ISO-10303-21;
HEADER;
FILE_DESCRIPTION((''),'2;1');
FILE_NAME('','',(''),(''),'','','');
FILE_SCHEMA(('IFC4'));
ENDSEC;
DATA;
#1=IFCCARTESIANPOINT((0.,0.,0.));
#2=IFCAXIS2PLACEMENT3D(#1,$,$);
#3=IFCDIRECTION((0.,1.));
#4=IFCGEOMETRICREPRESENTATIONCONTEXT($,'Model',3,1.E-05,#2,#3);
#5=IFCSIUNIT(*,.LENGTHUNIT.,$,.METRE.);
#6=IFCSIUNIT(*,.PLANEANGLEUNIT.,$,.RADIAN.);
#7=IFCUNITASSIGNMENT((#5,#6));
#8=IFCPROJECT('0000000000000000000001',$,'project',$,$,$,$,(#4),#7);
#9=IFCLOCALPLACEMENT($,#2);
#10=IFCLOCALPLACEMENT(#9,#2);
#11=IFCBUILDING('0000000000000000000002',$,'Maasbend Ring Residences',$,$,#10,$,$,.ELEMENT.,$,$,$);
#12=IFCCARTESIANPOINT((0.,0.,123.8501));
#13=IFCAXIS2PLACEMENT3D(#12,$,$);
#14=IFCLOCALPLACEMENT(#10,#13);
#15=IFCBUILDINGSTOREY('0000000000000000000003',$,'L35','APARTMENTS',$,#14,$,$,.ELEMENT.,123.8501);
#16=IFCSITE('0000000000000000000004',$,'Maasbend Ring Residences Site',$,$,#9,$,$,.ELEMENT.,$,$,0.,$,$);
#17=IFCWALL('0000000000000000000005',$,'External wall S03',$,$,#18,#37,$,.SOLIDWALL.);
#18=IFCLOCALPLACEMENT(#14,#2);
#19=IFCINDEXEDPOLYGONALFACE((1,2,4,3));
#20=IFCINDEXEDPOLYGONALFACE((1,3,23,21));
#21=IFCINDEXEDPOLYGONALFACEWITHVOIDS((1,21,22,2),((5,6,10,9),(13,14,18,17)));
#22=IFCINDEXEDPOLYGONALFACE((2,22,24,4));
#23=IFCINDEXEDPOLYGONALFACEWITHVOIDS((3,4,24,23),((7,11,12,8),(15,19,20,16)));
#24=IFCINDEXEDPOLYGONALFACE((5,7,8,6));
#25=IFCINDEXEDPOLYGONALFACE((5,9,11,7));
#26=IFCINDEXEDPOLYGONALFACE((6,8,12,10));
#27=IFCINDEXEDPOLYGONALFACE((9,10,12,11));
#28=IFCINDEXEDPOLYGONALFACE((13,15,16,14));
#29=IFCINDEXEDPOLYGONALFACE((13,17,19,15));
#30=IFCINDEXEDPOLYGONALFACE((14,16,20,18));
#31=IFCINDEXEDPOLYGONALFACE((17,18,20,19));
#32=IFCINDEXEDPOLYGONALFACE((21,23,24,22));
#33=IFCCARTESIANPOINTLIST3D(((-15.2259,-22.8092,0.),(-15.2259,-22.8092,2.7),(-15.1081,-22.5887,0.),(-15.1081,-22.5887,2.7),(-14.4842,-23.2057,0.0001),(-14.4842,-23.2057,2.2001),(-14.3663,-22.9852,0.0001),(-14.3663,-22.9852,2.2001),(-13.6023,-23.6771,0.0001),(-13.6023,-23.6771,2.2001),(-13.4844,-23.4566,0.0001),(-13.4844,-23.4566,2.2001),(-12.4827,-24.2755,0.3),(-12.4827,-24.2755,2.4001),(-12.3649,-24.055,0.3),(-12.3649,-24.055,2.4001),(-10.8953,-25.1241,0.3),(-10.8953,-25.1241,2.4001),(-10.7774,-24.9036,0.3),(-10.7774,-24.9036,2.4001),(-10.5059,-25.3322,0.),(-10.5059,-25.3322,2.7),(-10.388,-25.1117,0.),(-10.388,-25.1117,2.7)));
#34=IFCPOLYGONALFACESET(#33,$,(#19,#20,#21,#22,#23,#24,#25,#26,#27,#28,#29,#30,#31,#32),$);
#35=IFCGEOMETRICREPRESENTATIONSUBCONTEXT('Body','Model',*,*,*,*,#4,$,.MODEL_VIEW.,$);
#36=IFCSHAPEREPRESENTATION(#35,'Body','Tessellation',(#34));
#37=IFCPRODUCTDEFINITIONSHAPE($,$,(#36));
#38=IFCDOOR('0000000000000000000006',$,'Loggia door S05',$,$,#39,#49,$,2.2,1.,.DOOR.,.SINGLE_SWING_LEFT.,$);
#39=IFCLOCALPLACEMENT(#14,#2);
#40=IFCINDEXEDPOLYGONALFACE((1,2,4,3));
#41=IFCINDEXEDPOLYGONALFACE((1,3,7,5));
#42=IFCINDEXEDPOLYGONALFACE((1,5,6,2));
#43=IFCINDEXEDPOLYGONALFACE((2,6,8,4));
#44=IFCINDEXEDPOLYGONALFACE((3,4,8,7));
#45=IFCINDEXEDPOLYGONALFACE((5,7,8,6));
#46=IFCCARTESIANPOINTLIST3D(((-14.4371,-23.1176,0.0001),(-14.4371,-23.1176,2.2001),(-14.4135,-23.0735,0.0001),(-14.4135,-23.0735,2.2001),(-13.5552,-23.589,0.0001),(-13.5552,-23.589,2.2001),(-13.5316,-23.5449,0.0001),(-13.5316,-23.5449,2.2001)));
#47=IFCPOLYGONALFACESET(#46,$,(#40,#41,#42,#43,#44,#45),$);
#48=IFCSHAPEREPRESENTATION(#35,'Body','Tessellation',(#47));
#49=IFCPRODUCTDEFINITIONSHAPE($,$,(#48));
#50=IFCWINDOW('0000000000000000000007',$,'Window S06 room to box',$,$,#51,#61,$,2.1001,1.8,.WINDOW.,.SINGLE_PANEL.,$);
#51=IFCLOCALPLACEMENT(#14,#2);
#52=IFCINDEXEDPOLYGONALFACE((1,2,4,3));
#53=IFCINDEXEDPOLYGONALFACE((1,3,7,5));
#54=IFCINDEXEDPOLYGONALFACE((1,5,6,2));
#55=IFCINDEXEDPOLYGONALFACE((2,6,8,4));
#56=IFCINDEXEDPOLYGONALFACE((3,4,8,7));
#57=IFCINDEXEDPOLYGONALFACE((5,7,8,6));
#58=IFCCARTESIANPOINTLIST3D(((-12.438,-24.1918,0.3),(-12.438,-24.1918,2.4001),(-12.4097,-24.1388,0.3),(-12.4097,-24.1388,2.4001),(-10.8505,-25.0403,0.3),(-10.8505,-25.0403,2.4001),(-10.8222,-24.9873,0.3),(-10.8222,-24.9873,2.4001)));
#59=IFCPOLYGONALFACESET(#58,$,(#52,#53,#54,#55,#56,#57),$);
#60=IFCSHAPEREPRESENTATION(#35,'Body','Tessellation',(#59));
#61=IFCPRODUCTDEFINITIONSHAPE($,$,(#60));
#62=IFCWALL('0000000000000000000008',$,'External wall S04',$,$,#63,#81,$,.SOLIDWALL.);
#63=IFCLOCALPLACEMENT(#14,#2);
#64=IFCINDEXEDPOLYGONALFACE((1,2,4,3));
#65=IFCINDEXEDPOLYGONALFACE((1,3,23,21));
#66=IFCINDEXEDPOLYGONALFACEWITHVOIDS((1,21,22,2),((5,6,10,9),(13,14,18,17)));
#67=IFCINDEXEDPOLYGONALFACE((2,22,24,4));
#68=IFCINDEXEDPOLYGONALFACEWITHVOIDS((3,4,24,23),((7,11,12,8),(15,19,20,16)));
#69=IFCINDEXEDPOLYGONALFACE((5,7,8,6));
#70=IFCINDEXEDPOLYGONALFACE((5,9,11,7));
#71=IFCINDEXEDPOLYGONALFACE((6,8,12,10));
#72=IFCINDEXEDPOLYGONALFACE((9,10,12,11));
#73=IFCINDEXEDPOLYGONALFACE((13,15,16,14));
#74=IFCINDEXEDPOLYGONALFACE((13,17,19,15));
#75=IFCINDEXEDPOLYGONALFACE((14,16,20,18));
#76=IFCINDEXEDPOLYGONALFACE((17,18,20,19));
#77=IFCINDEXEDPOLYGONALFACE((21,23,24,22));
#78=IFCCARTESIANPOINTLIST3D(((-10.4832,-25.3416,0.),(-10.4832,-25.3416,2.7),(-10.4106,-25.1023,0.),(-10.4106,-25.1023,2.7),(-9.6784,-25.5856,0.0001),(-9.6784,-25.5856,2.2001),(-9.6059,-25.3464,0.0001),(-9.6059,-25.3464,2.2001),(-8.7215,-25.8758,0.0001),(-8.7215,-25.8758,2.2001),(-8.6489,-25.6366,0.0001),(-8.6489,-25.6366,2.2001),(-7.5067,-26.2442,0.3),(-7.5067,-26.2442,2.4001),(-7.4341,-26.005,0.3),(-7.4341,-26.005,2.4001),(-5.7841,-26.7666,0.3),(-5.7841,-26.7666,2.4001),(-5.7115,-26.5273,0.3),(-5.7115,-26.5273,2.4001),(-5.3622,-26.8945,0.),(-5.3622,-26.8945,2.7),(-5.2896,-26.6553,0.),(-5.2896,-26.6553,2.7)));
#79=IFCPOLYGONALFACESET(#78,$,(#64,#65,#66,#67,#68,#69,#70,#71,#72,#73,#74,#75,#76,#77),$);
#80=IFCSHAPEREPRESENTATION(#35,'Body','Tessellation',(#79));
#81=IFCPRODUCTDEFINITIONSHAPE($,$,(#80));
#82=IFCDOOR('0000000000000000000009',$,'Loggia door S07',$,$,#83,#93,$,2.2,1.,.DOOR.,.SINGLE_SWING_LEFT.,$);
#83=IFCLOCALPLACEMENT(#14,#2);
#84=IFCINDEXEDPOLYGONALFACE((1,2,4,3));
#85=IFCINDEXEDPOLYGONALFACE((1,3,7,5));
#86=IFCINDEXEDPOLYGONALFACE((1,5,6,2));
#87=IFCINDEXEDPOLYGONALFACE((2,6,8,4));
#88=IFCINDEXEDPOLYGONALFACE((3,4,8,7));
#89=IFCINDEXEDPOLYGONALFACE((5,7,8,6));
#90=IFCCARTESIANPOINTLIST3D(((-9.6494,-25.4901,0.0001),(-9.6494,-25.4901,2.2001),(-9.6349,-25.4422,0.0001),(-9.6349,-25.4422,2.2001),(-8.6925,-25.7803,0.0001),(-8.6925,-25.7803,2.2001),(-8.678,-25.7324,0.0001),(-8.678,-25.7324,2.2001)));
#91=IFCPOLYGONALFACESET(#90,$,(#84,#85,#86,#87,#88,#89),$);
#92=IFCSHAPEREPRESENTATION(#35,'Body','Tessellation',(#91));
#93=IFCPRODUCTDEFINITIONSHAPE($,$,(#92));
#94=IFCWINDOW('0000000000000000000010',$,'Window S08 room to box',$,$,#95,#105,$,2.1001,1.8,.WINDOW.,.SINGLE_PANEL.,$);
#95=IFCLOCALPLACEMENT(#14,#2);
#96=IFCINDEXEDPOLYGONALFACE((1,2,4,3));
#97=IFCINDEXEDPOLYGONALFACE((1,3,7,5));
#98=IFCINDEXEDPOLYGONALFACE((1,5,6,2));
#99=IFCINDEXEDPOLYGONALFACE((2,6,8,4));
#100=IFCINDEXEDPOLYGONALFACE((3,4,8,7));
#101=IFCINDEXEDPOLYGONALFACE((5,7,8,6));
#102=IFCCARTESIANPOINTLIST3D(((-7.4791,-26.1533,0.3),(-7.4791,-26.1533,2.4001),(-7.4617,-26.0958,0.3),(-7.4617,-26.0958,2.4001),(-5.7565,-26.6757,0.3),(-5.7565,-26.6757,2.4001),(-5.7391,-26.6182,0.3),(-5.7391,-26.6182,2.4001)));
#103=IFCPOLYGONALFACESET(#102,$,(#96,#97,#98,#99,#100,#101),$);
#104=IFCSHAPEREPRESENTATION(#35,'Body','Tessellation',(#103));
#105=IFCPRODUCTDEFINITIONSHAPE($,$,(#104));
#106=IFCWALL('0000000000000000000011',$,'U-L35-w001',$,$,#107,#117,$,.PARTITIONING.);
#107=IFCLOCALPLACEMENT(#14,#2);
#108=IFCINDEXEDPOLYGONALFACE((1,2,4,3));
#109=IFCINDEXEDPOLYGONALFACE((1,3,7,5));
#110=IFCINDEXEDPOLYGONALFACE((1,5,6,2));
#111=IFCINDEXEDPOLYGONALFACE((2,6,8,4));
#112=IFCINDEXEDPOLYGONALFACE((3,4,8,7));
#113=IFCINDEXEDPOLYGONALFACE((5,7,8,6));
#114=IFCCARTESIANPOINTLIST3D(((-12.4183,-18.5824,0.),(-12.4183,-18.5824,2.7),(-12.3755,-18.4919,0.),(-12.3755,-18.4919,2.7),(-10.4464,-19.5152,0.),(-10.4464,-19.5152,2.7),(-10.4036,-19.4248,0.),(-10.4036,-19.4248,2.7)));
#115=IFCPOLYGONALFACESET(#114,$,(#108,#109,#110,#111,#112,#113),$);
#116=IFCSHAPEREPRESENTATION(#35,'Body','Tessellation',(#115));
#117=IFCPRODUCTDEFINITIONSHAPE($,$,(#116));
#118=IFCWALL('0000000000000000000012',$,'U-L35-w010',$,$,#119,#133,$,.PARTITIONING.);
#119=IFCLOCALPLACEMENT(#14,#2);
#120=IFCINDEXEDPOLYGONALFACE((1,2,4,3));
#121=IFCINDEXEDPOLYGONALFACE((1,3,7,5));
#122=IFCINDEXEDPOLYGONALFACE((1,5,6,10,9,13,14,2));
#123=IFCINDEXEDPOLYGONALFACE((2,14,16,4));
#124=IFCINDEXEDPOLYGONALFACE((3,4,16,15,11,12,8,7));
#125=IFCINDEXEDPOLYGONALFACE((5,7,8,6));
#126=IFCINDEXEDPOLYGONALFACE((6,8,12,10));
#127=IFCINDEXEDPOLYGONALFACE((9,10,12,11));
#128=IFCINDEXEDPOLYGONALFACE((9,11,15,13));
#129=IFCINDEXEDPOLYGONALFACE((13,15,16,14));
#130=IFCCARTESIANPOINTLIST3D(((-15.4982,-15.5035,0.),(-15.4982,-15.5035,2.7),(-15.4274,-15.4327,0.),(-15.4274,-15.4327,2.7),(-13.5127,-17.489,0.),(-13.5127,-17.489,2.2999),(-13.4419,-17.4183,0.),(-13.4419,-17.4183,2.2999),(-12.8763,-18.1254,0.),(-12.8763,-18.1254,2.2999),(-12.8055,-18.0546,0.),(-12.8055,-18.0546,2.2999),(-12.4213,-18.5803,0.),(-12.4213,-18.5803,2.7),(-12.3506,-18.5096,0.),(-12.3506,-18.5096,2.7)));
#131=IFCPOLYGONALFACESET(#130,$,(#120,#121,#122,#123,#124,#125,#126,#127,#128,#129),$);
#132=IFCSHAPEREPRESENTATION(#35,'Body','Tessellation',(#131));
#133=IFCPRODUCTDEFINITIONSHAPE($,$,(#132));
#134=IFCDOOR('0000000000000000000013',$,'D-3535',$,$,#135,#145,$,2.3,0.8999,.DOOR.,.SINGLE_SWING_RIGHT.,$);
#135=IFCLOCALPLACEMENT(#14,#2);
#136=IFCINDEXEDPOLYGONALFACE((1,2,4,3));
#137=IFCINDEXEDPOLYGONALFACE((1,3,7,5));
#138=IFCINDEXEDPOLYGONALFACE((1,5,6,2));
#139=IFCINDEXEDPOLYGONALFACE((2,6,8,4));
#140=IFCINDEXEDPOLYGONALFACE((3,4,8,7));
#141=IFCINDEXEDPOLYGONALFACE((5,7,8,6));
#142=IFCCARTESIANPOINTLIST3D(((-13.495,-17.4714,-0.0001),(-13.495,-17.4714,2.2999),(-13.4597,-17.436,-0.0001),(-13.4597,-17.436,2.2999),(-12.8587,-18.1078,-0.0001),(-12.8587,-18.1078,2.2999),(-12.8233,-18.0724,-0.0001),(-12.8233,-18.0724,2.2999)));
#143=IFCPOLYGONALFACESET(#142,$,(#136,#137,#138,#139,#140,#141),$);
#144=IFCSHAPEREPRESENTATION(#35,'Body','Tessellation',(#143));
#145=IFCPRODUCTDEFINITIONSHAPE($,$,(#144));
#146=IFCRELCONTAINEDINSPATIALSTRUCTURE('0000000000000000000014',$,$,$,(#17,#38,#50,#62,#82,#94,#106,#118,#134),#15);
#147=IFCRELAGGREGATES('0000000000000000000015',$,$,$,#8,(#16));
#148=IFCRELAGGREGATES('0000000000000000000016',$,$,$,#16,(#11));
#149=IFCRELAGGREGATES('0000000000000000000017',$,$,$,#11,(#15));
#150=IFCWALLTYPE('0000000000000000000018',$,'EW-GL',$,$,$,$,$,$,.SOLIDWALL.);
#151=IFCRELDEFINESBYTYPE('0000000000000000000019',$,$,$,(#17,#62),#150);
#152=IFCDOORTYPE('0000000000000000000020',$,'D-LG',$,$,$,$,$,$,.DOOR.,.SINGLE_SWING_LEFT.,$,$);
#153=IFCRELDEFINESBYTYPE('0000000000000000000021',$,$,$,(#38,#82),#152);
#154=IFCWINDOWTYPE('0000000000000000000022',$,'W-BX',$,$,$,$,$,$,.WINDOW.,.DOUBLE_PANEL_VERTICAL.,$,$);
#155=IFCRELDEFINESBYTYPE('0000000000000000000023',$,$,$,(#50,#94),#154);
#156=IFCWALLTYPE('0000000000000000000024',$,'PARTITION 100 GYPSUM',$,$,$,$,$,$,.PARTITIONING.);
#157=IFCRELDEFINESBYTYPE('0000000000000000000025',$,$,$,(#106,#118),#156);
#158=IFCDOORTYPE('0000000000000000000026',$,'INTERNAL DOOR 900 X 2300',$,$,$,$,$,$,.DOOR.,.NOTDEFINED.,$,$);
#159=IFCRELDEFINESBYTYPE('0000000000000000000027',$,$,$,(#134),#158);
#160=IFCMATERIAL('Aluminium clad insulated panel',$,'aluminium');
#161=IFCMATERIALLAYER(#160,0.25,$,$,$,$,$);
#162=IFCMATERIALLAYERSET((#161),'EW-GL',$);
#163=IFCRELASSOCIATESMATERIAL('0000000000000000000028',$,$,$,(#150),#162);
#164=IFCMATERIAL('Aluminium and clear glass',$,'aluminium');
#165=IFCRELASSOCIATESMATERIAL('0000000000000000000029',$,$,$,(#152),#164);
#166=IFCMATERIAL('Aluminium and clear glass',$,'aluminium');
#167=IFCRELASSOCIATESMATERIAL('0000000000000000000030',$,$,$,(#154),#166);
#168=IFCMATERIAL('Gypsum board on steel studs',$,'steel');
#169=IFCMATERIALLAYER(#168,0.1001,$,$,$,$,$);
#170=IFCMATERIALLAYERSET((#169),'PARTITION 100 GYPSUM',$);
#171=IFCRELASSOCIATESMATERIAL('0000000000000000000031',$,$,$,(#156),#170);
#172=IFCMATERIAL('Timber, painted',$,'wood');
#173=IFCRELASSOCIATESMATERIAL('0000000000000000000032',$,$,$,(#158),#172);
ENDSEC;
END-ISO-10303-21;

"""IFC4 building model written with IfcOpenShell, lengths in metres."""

from ifc_helpers import new_model, si_unit, direction, frame, frame_2d, origin, place, context, subcontext, project, spatial, rectangle, extrude, material, layer, layer_set, type_object, element, fill, save


model = new_model("IFC4")

# Units and contexts
model_context = context("Model", 3, precision=1e-05, world=origin(), true_north=direction((0.0, 1.0)))
body_context = subcontext(model_context, "Body", "Model", "MODEL_VIEW")
ifc_project = project(units=[si_unit("LENGTHUNIT", "METRE"), si_unit("PLANEANGLEUNIT", "RADIAN")], contexts=[model_context])

# Site, building, storey
site_placement = place(None, origin())
site = spatial("IfcSite", under=ifc_project, at=site_placement, Name="Maasbend Ring Residences Site", CompositionType="ELEMENT", RefElevation=0.0)
building_placement = place(site_placement, origin())
building = spatial("IfcBuilding", under=site, at=building_placement, Name="Maasbend Ring Residences", CompositionType="ELEMENT")
storey_placement = place(building_placement, frame((0.0, 0.0, 123.8501)))
storey = spatial("IfcBuildingStorey", under=building, at=storey_placement, Name="L35", Description="APARTMENTS", CompositionType="ELEMENT", Elevation=123.8501)

# Walls, openings, doors, windows
ifc_material_1 = material(Name="Aluminium clad insulated panel", Category="aluminium")
ifc_layer_1 = layer(ifc_material_1, 0.25)
ifc_layer_set_1 = layer_set([ifc_layer_1], Name="EW-GL")
wall_type_1 = type_object("IfcWallType", Name="EW-GL", PredefinedType="SOLIDWALL", material=ifc_layer_set_1)
wall_1_placement = place(storey_placement, frame((-15.167, -22.699, 0.0), z_axis=(0.0, 0.0, 1.0), x_axis=(0.881916, -0.471407, 0.0)))
wall_1 = element("IfcWall", 1, at=wall_1_placement, inside=storey, type_object=wall_type_1, Name="External wall S03", PredefinedType="SOLIDWALL", context=body_context, shape_type="SweptSolid", body=[
    extrude(rectangle(XDim=5.3521, YDim=0.25, at=frame_2d((2.676, 0.0))), origin(), (0.0, 0.0, 1.0), 2.7),
])
opening_1_placement = place(wall_1_placement, frame((0.8411, 0.0, 0.0)))
opening_1 = element("IfcOpeningElement", 2, at=opening_1_placement, cuts=wall_1, PredefinedType="OPENING", context=body_context, shape_type="SweptSolid", body=[
    extrude(rectangle(XDim=1.0, YDim=2.2, at=frame_2d((0.5, 1.1001))), frame((0.0, 0.135, 0.0), z_axis=(0.0, -1.0, 0.0), x_axis=(1.0, 0.0, 0.0)), (0.0, 0.0, 1.0), 0.27),
])
opening_2_placement = place(wall_1_placement, frame((3.1106, 0.0, 0.3)))
opening_2 = element("IfcOpeningElement", 3, at=opening_2_placement, cuts=wall_1, PredefinedType="OPENING", context=body_context, shape_type="SweptSolid", body=[
    extrude(rectangle(XDim=1.8, YDim=2.1001, at=frame_2d((0.8999, 1.05))), frame((0.0, 0.135, 0.0), z_axis=(0.0, -1.0, 0.0), x_axis=(1.0, 0.0, 0.0)), (0.0, 0.0, 1.0), 0.27),
])
ifc_material_2 = material(Name="Aluminium and clear glass", Category="aluminium")
door_type_1 = type_object("IfcDoorType", Name="D-LG", OperationType="SINGLE_SWING_LEFT", PredefinedType="DOOR", material=ifc_material_2)
door_1_placement = place(opening_1_placement, origin())
door_1 = element("IfcDoor", 4, at=door_1_placement, inside=storey, type_object=door_type_1, Name="Loggia door S05", OperationType="SINGLE_SWING_LEFT", OverallHeight=2.2, OverallWidth=1.0, PredefinedType="DOOR", context=body_context, shape_type="SweptSolid", body=[
    extrude(rectangle(XDim=1.0, YDim=2.2, at=frame_2d((0.5, 1.1001))), frame((0.0, 0.0249, 0.0), z_axis=(0.0, -1.0, 0.0), x_axis=(1.0, 0.0, 0.0)), (0.0, 0.0, 1.0), 0.05),
])
fill(opening_1, door_1)
ifc_material_3 = material(Name="Aluminium and clear glass", Category="aluminium")
window_type_1 = type_object("IfcWindowType", Name="W-BX", PartitioningType="DOUBLE_PANEL_VERTICAL", PredefinedType="WINDOW", material=ifc_material_3)
window_1_placement = place(opening_2_placement, origin())
window_1 = element("IfcWindow", 5, at=window_1_placement, inside=storey, type_object=window_type_1, Name="Window S06 room to box", OverallHeight=2.1001, OverallWidth=1.8, PartitioningType="SINGLE_PANEL", PredefinedType="WINDOW", context=body_context, shape_type="SweptSolid", body=[
    extrude(rectangle(XDim=1.8, YDim=2.1001, at=frame_2d((0.8999, 1.05))), frame((0.0, 0.03, 0.0), z_axis=(0.0, -1.0, 0.0), x_axis=(1.0, 0.0, 0.0)), (0.0, 0.0, 1.0), 0.0601),
])
fill(opening_2, window_1)
wall_2_placement = place(storey_placement, frame((-10.447, -25.2219, 0.0), z_axis=(0.0, 0.0, 1.0), x_axis=(0.956966, -0.290201, 0.0)))
wall_2 = element("IfcWall", 6, at=wall_2_placement, inside=storey, type_object=wall_type_1, Name="External wall S04", PredefinedType="SOLIDWALL", context=body_context, shape_type="SweptSolid", body=[
    extrude(rectangle(XDim=5.3513, YDim=0.25, at=frame_2d((2.6758, 0.0))), origin(), (0.0, 0.0, 1.0), 2.7),
])
opening_3_placement = place(wall_2_placement, frame((0.8411, 0.0, 0.0)))
opening_3 = element("IfcOpeningElement", 7, at=opening_3_placement, cuts=wall_2, PredefinedType="OPENING", context=body_context, shape_type="SweptSolid", body=[
    extrude(rectangle(XDim=1.0, YDim=2.2, at=frame_2d((0.5, 1.1001))), frame((0.0, 0.135, 0.0), z_axis=(0.0, -1.0, 0.0), x_axis=(1.0, 0.0, 0.0)), (0.0, 0.0, 1.0), 0.27),
])
opening_4_placement = place(wall_2_placement, frame((3.1106, 0.0, 0.3)))
opening_4 = element("IfcOpeningElement", 8, at=opening_4_placement, cuts=wall_2, PredefinedType="OPENING", context=body_context, shape_type="SweptSolid", body=[
    extrude(rectangle(XDim=1.8, YDim=2.1001, at=frame_2d((0.8999, 1.05))), frame((0.0, 0.135, 0.0), z_axis=(0.0, -1.0, 0.0), x_axis=(1.0, 0.0, 0.0)), (0.0, 0.0, 1.0), 0.27),
])
door_2_placement = place(opening_3_placement, origin())
door_2 = element("IfcDoor", 9, at=door_2_placement, inside=storey, type_object=door_type_1, Name="Loggia door S07", OperationType="SINGLE_SWING_LEFT", OverallHeight=2.2, OverallWidth=1.0, PredefinedType="DOOR", context=body_context, shape_type="SweptSolid", body=[
    extrude(rectangle(XDim=1.0, YDim=2.2, at=frame_2d((0.5, 1.1001))), frame((0.0, 0.0249, 0.0), z_axis=(0.0, -1.0, 0.0), x_axis=(1.0, 0.0, 0.0)), (0.0, 0.0, 1.0), 0.05),
])
fill(opening_3, door_2)
window_2_placement = place(opening_4_placement, origin())
window_2 = element("IfcWindow", 10, at=window_2_placement, inside=storey, type_object=window_type_1, Name="Window S08 room to box", OverallHeight=2.1001, OverallWidth=1.8, PartitioningType="SINGLE_PANEL", PredefinedType="WINDOW", context=body_context, shape_type="SweptSolid", body=[
    extrude(rectangle(XDim=1.8, YDim=2.1001, at=frame_2d((0.8999, 1.05))), frame((0.0, 0.03, 0.0), z_axis=(0.0, -1.0, 0.0), x_axis=(1.0, 0.0, 0.0)), (0.0, 0.0, 1.0), 0.0601),
])
fill(opening_4, window_2)

# Wall
ifc_material_4 = material(Name="Gypsum board on steel studs", Category="steel")
ifc_layer_2 = layer(ifc_material_4, 0.1001)
ifc_layer_set_2 = layer_set([ifc_layer_2], Name="PARTITION 100 GYPSUM")
wall_type_2 = type_object("IfcWallType", Name="PARTITION 100 GYPSUM", PredefinedType="PARTITIONING", material=ifc_layer_set_2)
wall_3_placement = place(storey_placement, frame((-12.397, -18.5371, 0.0), z_axis=(0.0, 0.0, 1.0), x_axis=(0.903952, -0.427634, 0.0)))
element("IfcWall", 11, at=wall_3_placement, inside=storey, type_object=wall_type_2, Name="U-L35-w001", PredefinedType="PARTITIONING", context=body_context, shape_type="SweptSolid", body=[
    extrude(rectangle(XDim=2.1814, YDim=0.1001, at=frame_2d((1.0908, 0.0))), origin(), (0.0, 0.0, 1.0), 2.7),
])

# Wall, opening, door
wall_4_placement = place(storey_placement, frame((-15.4629, -15.468, 0.0), z_axis=(0.0, 0.0, 1.0), x_axis=(0.707107, -0.707107, 0.0)))
wall_4 = element("IfcWall", 12, at=wall_4_placement, inside=storey, type_object=wall_type_2, Name="U-L35-w010", PredefinedType="PARTITIONING", context=body_context, shape_type="SweptSolid", body=[
    extrude(rectangle(XDim=4.3513, YDim=0.1001, at=frame_2d((2.1758, 0.0))), origin(), (0.0, 0.0, 1.0), 2.7),
])
opening_5_placement = place(wall_4_placement, frame((2.8081, 0.0, 0.0)))
opening_5 = element("IfcOpeningElement", 13, at=opening_5_placement, cuts=wall_4, PredefinedType="OPENING", context=body_context, shape_type="SweptSolid", body=[
    extrude(rectangle(XDim=0.8999, YDim=2.3, at=frame_2d((0.45, 1.1499))), frame((0.0, 0.0601, 0.0), z_axis=(0.0, -1.0, 0.0), x_axis=(1.0, 0.0, 0.0)), (0.0, 0.0, 1.0), 0.1201),
])
ifc_material_5 = material(Name="Timber, painted", Category="wood")
door_type_2 = type_object("IfcDoorType", Name="INTERNAL DOOR 900 X 2300", OperationType="NOTDEFINED", PredefinedType="DOOR", material=ifc_material_5)
door_3_placement = place(opening_5_placement, origin())
door_3 = element("IfcDoor", 14, at=door_3_placement, inside=storey, type_object=door_type_2, Name="D-3535", OperationType="SINGLE_SWING_RIGHT", OverallHeight=2.3, OverallWidth=0.8999, PredefinedType="DOOR", context=body_context, shape_type="SweptSolid", body=[
    extrude(rectangle(XDim=0.8999, YDim=2.3, at=frame_2d((0.45, 1.1499))), frame((0.0, 0.0249, 0.0), z_axis=(0.0, -1.0, 0.0), x_axis=(1.0, 0.0, 0.0)), (0.0, 0.0, 1.0), 0.05),
])
fill(opening_5, door_3)

save(model, "model.ifc")
